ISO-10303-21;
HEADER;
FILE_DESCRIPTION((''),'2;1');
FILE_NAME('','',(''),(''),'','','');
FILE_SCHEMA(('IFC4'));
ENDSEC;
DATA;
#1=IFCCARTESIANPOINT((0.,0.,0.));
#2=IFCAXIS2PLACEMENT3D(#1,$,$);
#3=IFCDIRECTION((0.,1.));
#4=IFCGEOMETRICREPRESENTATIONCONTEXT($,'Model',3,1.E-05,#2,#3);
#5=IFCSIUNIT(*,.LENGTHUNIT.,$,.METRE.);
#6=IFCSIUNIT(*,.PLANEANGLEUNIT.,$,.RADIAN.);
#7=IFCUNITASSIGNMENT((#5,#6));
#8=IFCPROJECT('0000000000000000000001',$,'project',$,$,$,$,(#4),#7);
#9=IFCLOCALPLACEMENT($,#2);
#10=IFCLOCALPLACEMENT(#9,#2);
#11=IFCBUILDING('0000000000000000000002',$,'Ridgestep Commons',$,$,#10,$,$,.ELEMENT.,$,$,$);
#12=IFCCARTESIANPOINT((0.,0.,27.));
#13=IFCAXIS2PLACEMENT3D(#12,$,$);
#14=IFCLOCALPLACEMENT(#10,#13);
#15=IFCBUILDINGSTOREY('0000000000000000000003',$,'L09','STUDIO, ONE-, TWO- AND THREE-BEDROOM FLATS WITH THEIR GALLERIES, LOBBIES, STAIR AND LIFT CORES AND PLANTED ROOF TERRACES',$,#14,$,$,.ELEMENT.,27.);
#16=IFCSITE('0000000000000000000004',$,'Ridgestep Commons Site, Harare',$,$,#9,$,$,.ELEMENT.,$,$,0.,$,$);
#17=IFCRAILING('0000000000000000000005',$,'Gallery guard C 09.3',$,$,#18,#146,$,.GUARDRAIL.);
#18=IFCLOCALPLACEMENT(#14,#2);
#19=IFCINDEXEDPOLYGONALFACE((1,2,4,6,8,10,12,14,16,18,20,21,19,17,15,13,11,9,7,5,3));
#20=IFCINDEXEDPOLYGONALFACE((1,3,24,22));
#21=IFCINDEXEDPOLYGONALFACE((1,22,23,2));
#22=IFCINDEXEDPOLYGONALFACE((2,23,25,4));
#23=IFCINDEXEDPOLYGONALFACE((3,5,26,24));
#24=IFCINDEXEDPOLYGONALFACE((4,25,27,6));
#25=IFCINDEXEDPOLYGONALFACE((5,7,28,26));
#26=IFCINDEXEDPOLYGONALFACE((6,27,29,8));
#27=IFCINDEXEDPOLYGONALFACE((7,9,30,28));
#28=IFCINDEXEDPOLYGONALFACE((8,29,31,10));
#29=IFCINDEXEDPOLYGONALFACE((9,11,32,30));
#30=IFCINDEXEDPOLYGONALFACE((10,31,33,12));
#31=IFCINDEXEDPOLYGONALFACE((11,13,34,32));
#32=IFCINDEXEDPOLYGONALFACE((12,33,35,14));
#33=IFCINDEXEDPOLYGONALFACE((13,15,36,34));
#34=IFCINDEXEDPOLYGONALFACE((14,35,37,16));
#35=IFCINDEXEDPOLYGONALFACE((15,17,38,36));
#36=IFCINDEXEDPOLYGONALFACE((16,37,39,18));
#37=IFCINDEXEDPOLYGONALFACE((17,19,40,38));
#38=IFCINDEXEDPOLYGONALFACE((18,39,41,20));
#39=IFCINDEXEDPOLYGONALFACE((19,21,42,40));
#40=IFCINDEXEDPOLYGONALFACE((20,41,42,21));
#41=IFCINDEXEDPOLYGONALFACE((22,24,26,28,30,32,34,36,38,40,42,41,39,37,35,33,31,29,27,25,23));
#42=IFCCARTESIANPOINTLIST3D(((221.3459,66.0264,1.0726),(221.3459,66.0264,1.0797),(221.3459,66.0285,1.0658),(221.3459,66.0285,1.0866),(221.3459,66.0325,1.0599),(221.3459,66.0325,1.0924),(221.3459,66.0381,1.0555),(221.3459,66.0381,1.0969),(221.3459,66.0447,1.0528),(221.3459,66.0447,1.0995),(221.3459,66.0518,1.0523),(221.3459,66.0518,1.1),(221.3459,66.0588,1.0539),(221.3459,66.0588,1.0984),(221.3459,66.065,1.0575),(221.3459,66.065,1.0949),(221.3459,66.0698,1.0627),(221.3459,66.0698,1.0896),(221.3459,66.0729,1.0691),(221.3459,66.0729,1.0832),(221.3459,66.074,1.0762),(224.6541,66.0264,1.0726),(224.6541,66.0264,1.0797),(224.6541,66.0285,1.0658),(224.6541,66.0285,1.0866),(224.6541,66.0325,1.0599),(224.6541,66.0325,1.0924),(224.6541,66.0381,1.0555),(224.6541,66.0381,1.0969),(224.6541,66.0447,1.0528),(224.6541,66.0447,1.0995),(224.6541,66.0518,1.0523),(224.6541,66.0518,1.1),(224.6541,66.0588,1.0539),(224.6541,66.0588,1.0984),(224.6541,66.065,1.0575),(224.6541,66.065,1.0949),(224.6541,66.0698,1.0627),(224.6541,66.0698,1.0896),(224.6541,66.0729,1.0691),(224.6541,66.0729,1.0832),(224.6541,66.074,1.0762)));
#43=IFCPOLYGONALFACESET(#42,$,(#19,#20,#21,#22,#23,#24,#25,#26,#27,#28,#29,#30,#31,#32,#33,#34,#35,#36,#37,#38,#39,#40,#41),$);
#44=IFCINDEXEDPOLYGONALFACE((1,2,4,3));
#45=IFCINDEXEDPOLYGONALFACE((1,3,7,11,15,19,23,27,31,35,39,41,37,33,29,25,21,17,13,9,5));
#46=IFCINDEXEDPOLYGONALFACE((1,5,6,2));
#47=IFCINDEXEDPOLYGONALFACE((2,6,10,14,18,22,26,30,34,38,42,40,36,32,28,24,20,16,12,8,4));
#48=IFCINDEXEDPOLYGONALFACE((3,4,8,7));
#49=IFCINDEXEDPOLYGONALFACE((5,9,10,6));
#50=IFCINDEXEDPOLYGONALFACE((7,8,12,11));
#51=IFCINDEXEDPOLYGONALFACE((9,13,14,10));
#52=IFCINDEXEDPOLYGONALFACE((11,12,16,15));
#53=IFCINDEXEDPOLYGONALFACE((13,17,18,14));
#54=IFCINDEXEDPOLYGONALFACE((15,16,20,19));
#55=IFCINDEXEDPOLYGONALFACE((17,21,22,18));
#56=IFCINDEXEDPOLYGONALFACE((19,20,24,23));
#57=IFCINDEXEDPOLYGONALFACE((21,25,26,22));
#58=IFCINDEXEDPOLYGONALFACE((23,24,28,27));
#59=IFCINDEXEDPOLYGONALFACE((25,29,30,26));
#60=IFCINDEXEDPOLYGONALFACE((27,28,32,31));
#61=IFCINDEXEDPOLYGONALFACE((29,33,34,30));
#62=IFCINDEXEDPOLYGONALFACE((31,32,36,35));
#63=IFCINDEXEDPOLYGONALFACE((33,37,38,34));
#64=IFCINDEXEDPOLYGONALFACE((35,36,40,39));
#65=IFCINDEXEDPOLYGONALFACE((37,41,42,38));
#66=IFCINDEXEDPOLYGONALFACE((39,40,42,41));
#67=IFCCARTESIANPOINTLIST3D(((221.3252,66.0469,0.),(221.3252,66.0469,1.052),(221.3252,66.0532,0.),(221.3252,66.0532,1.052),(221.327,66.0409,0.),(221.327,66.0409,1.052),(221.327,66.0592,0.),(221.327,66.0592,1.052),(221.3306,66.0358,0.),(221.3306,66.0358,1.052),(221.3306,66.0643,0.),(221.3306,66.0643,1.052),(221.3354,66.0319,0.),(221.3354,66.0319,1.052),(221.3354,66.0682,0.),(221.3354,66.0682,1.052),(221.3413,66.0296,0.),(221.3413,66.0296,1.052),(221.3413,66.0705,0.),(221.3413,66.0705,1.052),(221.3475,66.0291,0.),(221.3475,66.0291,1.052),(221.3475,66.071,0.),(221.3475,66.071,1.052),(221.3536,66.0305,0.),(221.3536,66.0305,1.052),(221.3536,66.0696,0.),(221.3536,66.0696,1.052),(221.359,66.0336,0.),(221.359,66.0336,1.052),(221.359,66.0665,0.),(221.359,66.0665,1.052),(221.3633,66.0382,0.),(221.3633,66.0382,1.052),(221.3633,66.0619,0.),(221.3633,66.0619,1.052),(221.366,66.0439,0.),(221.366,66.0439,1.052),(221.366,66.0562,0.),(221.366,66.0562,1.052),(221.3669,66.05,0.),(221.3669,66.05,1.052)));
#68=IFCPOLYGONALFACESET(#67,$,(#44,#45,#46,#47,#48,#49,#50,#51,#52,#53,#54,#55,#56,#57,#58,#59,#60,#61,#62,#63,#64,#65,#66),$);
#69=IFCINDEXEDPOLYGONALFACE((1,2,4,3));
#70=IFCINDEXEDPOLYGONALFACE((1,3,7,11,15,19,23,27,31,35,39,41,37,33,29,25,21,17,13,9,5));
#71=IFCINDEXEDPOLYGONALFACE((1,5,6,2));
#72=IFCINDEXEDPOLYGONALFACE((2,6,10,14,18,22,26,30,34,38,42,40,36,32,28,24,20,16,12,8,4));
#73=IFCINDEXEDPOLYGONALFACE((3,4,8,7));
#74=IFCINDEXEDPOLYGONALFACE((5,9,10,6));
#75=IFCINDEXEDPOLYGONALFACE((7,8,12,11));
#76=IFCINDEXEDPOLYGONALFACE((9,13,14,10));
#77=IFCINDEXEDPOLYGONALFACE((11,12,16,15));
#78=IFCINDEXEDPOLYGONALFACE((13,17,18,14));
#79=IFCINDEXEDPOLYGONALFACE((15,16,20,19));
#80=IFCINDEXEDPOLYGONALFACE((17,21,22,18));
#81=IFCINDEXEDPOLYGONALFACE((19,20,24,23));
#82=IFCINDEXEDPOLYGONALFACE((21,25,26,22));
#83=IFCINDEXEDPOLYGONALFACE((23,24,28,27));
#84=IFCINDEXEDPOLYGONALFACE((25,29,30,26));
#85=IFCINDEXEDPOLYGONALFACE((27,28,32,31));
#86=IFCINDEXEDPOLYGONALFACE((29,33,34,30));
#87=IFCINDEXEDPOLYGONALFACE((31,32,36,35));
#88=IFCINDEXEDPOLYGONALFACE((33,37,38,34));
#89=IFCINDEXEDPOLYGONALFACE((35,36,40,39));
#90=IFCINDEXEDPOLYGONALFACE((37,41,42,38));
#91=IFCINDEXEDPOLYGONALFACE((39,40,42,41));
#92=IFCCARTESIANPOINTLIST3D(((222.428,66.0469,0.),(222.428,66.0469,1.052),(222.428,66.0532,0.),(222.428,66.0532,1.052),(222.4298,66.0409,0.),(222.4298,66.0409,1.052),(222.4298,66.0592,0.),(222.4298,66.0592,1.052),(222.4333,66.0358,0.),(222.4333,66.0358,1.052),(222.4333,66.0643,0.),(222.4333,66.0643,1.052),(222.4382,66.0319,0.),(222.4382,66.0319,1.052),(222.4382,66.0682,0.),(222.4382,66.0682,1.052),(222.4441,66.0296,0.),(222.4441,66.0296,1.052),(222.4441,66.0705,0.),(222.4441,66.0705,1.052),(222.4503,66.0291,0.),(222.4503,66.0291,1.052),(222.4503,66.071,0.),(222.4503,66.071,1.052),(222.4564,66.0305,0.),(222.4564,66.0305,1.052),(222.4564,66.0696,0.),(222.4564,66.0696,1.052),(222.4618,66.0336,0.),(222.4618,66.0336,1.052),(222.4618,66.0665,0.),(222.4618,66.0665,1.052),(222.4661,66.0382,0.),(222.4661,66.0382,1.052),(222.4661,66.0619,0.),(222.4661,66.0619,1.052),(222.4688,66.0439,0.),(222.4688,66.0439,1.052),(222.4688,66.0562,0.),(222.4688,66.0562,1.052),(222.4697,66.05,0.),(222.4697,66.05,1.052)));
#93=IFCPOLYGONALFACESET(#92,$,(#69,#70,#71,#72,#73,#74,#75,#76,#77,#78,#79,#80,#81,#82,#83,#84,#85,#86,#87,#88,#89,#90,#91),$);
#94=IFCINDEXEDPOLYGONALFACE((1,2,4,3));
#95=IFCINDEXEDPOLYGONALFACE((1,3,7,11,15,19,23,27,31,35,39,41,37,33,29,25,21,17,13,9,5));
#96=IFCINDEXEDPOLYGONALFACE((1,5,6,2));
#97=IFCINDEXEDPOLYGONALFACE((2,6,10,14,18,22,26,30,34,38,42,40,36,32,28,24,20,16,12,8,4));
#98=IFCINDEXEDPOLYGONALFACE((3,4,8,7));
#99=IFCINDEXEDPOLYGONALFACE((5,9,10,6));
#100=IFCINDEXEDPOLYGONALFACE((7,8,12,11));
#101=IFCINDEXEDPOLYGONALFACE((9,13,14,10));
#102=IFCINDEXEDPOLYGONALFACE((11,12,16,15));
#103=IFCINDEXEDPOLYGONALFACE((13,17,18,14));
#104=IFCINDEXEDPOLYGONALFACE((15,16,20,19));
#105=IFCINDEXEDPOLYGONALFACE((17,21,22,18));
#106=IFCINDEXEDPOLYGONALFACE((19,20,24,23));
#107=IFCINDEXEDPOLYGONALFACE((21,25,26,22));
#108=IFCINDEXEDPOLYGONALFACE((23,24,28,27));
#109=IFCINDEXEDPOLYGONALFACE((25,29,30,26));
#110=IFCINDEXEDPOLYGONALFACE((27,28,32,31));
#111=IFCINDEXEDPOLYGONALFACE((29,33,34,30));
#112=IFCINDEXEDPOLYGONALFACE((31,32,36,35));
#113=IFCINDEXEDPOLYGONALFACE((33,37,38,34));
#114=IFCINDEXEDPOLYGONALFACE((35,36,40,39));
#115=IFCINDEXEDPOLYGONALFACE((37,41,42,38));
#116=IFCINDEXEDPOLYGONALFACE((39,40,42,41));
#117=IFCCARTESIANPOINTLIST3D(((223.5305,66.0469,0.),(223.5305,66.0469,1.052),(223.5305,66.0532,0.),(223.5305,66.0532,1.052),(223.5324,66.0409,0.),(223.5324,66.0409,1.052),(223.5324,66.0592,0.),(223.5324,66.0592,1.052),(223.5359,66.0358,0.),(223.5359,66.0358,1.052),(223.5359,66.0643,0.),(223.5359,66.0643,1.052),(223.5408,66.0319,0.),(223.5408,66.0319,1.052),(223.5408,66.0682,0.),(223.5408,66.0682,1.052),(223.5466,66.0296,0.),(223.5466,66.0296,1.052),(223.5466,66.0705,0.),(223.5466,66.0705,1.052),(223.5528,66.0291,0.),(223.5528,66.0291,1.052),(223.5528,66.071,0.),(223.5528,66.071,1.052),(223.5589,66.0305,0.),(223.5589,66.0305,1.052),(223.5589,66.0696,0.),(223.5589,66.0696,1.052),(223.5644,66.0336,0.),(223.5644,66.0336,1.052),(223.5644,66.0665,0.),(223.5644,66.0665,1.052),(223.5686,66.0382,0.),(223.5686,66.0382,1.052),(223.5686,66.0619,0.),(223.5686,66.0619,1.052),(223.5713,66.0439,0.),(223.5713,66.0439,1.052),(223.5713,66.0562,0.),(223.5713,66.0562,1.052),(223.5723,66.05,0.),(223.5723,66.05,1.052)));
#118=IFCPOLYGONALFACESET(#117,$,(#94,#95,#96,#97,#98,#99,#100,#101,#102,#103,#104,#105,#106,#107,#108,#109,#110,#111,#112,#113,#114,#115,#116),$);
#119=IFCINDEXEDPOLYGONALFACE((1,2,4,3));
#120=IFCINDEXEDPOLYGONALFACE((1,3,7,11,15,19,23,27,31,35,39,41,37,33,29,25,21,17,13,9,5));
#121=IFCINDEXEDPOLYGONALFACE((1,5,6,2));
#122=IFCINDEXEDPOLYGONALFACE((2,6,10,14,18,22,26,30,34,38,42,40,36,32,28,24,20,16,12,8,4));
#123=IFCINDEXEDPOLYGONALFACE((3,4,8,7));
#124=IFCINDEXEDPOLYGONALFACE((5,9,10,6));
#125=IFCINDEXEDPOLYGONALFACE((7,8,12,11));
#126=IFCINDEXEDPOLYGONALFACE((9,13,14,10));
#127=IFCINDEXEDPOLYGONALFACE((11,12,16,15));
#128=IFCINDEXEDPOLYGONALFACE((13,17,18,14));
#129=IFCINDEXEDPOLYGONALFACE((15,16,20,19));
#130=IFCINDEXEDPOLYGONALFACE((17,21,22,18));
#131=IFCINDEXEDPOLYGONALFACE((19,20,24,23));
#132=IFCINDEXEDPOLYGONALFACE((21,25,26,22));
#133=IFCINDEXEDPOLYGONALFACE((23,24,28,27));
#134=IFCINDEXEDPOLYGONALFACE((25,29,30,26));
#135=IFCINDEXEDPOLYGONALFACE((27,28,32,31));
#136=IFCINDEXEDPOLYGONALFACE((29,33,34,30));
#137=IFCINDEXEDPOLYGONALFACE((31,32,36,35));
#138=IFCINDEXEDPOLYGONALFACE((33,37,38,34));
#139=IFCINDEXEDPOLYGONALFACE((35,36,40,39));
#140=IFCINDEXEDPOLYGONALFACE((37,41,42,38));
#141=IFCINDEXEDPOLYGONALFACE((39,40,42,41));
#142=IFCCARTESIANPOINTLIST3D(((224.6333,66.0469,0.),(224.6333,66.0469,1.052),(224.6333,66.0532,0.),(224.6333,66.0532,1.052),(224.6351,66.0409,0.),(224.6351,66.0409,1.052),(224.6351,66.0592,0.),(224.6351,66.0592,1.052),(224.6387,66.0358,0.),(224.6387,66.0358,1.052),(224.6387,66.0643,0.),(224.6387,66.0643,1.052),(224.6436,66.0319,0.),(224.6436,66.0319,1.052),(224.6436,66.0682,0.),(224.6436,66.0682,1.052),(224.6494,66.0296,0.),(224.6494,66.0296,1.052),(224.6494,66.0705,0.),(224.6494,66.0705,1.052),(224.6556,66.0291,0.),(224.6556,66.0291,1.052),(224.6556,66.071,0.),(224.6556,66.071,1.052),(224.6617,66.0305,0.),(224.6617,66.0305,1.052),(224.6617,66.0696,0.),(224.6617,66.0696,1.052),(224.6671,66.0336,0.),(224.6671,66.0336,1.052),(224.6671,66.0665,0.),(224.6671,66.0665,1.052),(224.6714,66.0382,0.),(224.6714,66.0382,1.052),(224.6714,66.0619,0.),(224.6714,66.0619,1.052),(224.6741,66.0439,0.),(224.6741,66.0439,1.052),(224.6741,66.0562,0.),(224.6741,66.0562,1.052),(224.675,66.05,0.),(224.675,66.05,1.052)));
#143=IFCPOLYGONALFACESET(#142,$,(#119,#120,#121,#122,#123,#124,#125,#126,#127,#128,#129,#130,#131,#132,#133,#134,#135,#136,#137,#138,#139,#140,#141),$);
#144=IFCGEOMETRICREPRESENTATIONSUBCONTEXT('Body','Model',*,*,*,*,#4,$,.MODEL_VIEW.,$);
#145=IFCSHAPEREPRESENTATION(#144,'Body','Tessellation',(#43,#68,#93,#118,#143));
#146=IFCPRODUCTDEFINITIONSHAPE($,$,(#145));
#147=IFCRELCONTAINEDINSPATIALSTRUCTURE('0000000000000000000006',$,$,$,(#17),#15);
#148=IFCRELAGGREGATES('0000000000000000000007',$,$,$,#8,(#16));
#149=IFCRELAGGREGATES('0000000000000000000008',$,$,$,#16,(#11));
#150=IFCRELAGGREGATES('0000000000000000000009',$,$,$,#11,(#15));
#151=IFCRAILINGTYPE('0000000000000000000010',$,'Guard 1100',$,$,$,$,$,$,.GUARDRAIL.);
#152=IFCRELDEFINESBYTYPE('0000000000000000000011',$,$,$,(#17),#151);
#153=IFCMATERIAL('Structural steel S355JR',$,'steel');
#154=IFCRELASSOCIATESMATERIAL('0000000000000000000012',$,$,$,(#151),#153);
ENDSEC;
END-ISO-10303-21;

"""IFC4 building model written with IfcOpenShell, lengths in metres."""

from ifc_helpers import new_model, si_unit, direction, frame, origin, origin_2d, place, context, subcontext, project, spatial, circle, extrude, material, type_object, element, save


model = new_model("IFC4")

# Units and contexts
model_context = context("Model", 3, precision=1e-05, world=origin(), true_north=direction((0.0, 1.0)))
body_context = subcontext(model_context, "Body", "Model", "MODEL_VIEW")
ifc_project = project(units=[si_unit("LENGTHUNIT", "METRE"), si_unit("PLANEANGLEUNIT", "RADIAN")], contexts=[model_context])

# Site, building, storey
site_placement = place(None, origin())
site = spatial("IfcSite", under=ifc_project, at=site_placement, Name="Ridgestep Commons Site, Harare", CompositionType="ELEMENT", RefElevation=0.0)
building_placement = place(site_placement, origin())
building = spatial("IfcBuilding", under=site, at=building_placement, Name="Ridgestep Commons", CompositionType="ELEMENT")
storey_placement = place(building_placement, frame((0.0, 0.0, 27.0)))
storey = spatial("IfcBuildingStorey", under=building, at=storey_placement, Name="L09", Description="STUDIO, ONE-, TWO- AND THREE-BEDROOM FLATS WITH THEIR GALLERIES, LOBBIES, STAIR AND LIFT CORES AND PLANTED ROOF TERRACES", CompositionType="ELEMENT", Elevation=27.0)

# Railing
ifc_material_1 = material(Name="Structural steel S355JR", Category="steel")
railing_type_1 = type_object("IfcRailingType", Name="Guard 1100", PredefinedType="GUARDRAIL", material=ifc_material_1)
railing_1_placement = place(storey_placement, frame((221.3459, 66.05, 0.0)))
element("IfcRailing", 1, at=railing_1_placement, inside=storey, type_object=railing_type_1, Name="Gallery guard C 09.3", PredefinedType="GUARDRAIL", context=body_context, shape_type="SweptSolid", body=[
    extrude(circle(Radius=0.0239, at=origin_2d()), frame((0.0, 0.0, 1.0762), z_axis=(1.0, 0.0, 0.0), x_axis=(0.0, 1.0, 0.0)), (0.0, 0.0, 1.0), 3.3081),
    extrude(circle(Radius=0.021, at=origin_2d()), origin(), (0.0, 0.0, 1.0), 1.052),
    extrude(circle(Radius=0.021, at=origin_2d()), frame((1.1028, 0.0, 0.0)), (0.0, 0.0, 1.0), 1.052),
    extrude(circle(Radius=0.021, at=origin_2d()), frame((2.2053, 0.0, 0.0)), (0.0, 0.0, 1.0), 1.052),
    extrude(circle(Radius=0.021, at=origin_2d()), frame((3.3081, 0.0, 0.0)), (0.0, 0.0, 1.0), 1.052),
])

save(model, "model.ifc")
